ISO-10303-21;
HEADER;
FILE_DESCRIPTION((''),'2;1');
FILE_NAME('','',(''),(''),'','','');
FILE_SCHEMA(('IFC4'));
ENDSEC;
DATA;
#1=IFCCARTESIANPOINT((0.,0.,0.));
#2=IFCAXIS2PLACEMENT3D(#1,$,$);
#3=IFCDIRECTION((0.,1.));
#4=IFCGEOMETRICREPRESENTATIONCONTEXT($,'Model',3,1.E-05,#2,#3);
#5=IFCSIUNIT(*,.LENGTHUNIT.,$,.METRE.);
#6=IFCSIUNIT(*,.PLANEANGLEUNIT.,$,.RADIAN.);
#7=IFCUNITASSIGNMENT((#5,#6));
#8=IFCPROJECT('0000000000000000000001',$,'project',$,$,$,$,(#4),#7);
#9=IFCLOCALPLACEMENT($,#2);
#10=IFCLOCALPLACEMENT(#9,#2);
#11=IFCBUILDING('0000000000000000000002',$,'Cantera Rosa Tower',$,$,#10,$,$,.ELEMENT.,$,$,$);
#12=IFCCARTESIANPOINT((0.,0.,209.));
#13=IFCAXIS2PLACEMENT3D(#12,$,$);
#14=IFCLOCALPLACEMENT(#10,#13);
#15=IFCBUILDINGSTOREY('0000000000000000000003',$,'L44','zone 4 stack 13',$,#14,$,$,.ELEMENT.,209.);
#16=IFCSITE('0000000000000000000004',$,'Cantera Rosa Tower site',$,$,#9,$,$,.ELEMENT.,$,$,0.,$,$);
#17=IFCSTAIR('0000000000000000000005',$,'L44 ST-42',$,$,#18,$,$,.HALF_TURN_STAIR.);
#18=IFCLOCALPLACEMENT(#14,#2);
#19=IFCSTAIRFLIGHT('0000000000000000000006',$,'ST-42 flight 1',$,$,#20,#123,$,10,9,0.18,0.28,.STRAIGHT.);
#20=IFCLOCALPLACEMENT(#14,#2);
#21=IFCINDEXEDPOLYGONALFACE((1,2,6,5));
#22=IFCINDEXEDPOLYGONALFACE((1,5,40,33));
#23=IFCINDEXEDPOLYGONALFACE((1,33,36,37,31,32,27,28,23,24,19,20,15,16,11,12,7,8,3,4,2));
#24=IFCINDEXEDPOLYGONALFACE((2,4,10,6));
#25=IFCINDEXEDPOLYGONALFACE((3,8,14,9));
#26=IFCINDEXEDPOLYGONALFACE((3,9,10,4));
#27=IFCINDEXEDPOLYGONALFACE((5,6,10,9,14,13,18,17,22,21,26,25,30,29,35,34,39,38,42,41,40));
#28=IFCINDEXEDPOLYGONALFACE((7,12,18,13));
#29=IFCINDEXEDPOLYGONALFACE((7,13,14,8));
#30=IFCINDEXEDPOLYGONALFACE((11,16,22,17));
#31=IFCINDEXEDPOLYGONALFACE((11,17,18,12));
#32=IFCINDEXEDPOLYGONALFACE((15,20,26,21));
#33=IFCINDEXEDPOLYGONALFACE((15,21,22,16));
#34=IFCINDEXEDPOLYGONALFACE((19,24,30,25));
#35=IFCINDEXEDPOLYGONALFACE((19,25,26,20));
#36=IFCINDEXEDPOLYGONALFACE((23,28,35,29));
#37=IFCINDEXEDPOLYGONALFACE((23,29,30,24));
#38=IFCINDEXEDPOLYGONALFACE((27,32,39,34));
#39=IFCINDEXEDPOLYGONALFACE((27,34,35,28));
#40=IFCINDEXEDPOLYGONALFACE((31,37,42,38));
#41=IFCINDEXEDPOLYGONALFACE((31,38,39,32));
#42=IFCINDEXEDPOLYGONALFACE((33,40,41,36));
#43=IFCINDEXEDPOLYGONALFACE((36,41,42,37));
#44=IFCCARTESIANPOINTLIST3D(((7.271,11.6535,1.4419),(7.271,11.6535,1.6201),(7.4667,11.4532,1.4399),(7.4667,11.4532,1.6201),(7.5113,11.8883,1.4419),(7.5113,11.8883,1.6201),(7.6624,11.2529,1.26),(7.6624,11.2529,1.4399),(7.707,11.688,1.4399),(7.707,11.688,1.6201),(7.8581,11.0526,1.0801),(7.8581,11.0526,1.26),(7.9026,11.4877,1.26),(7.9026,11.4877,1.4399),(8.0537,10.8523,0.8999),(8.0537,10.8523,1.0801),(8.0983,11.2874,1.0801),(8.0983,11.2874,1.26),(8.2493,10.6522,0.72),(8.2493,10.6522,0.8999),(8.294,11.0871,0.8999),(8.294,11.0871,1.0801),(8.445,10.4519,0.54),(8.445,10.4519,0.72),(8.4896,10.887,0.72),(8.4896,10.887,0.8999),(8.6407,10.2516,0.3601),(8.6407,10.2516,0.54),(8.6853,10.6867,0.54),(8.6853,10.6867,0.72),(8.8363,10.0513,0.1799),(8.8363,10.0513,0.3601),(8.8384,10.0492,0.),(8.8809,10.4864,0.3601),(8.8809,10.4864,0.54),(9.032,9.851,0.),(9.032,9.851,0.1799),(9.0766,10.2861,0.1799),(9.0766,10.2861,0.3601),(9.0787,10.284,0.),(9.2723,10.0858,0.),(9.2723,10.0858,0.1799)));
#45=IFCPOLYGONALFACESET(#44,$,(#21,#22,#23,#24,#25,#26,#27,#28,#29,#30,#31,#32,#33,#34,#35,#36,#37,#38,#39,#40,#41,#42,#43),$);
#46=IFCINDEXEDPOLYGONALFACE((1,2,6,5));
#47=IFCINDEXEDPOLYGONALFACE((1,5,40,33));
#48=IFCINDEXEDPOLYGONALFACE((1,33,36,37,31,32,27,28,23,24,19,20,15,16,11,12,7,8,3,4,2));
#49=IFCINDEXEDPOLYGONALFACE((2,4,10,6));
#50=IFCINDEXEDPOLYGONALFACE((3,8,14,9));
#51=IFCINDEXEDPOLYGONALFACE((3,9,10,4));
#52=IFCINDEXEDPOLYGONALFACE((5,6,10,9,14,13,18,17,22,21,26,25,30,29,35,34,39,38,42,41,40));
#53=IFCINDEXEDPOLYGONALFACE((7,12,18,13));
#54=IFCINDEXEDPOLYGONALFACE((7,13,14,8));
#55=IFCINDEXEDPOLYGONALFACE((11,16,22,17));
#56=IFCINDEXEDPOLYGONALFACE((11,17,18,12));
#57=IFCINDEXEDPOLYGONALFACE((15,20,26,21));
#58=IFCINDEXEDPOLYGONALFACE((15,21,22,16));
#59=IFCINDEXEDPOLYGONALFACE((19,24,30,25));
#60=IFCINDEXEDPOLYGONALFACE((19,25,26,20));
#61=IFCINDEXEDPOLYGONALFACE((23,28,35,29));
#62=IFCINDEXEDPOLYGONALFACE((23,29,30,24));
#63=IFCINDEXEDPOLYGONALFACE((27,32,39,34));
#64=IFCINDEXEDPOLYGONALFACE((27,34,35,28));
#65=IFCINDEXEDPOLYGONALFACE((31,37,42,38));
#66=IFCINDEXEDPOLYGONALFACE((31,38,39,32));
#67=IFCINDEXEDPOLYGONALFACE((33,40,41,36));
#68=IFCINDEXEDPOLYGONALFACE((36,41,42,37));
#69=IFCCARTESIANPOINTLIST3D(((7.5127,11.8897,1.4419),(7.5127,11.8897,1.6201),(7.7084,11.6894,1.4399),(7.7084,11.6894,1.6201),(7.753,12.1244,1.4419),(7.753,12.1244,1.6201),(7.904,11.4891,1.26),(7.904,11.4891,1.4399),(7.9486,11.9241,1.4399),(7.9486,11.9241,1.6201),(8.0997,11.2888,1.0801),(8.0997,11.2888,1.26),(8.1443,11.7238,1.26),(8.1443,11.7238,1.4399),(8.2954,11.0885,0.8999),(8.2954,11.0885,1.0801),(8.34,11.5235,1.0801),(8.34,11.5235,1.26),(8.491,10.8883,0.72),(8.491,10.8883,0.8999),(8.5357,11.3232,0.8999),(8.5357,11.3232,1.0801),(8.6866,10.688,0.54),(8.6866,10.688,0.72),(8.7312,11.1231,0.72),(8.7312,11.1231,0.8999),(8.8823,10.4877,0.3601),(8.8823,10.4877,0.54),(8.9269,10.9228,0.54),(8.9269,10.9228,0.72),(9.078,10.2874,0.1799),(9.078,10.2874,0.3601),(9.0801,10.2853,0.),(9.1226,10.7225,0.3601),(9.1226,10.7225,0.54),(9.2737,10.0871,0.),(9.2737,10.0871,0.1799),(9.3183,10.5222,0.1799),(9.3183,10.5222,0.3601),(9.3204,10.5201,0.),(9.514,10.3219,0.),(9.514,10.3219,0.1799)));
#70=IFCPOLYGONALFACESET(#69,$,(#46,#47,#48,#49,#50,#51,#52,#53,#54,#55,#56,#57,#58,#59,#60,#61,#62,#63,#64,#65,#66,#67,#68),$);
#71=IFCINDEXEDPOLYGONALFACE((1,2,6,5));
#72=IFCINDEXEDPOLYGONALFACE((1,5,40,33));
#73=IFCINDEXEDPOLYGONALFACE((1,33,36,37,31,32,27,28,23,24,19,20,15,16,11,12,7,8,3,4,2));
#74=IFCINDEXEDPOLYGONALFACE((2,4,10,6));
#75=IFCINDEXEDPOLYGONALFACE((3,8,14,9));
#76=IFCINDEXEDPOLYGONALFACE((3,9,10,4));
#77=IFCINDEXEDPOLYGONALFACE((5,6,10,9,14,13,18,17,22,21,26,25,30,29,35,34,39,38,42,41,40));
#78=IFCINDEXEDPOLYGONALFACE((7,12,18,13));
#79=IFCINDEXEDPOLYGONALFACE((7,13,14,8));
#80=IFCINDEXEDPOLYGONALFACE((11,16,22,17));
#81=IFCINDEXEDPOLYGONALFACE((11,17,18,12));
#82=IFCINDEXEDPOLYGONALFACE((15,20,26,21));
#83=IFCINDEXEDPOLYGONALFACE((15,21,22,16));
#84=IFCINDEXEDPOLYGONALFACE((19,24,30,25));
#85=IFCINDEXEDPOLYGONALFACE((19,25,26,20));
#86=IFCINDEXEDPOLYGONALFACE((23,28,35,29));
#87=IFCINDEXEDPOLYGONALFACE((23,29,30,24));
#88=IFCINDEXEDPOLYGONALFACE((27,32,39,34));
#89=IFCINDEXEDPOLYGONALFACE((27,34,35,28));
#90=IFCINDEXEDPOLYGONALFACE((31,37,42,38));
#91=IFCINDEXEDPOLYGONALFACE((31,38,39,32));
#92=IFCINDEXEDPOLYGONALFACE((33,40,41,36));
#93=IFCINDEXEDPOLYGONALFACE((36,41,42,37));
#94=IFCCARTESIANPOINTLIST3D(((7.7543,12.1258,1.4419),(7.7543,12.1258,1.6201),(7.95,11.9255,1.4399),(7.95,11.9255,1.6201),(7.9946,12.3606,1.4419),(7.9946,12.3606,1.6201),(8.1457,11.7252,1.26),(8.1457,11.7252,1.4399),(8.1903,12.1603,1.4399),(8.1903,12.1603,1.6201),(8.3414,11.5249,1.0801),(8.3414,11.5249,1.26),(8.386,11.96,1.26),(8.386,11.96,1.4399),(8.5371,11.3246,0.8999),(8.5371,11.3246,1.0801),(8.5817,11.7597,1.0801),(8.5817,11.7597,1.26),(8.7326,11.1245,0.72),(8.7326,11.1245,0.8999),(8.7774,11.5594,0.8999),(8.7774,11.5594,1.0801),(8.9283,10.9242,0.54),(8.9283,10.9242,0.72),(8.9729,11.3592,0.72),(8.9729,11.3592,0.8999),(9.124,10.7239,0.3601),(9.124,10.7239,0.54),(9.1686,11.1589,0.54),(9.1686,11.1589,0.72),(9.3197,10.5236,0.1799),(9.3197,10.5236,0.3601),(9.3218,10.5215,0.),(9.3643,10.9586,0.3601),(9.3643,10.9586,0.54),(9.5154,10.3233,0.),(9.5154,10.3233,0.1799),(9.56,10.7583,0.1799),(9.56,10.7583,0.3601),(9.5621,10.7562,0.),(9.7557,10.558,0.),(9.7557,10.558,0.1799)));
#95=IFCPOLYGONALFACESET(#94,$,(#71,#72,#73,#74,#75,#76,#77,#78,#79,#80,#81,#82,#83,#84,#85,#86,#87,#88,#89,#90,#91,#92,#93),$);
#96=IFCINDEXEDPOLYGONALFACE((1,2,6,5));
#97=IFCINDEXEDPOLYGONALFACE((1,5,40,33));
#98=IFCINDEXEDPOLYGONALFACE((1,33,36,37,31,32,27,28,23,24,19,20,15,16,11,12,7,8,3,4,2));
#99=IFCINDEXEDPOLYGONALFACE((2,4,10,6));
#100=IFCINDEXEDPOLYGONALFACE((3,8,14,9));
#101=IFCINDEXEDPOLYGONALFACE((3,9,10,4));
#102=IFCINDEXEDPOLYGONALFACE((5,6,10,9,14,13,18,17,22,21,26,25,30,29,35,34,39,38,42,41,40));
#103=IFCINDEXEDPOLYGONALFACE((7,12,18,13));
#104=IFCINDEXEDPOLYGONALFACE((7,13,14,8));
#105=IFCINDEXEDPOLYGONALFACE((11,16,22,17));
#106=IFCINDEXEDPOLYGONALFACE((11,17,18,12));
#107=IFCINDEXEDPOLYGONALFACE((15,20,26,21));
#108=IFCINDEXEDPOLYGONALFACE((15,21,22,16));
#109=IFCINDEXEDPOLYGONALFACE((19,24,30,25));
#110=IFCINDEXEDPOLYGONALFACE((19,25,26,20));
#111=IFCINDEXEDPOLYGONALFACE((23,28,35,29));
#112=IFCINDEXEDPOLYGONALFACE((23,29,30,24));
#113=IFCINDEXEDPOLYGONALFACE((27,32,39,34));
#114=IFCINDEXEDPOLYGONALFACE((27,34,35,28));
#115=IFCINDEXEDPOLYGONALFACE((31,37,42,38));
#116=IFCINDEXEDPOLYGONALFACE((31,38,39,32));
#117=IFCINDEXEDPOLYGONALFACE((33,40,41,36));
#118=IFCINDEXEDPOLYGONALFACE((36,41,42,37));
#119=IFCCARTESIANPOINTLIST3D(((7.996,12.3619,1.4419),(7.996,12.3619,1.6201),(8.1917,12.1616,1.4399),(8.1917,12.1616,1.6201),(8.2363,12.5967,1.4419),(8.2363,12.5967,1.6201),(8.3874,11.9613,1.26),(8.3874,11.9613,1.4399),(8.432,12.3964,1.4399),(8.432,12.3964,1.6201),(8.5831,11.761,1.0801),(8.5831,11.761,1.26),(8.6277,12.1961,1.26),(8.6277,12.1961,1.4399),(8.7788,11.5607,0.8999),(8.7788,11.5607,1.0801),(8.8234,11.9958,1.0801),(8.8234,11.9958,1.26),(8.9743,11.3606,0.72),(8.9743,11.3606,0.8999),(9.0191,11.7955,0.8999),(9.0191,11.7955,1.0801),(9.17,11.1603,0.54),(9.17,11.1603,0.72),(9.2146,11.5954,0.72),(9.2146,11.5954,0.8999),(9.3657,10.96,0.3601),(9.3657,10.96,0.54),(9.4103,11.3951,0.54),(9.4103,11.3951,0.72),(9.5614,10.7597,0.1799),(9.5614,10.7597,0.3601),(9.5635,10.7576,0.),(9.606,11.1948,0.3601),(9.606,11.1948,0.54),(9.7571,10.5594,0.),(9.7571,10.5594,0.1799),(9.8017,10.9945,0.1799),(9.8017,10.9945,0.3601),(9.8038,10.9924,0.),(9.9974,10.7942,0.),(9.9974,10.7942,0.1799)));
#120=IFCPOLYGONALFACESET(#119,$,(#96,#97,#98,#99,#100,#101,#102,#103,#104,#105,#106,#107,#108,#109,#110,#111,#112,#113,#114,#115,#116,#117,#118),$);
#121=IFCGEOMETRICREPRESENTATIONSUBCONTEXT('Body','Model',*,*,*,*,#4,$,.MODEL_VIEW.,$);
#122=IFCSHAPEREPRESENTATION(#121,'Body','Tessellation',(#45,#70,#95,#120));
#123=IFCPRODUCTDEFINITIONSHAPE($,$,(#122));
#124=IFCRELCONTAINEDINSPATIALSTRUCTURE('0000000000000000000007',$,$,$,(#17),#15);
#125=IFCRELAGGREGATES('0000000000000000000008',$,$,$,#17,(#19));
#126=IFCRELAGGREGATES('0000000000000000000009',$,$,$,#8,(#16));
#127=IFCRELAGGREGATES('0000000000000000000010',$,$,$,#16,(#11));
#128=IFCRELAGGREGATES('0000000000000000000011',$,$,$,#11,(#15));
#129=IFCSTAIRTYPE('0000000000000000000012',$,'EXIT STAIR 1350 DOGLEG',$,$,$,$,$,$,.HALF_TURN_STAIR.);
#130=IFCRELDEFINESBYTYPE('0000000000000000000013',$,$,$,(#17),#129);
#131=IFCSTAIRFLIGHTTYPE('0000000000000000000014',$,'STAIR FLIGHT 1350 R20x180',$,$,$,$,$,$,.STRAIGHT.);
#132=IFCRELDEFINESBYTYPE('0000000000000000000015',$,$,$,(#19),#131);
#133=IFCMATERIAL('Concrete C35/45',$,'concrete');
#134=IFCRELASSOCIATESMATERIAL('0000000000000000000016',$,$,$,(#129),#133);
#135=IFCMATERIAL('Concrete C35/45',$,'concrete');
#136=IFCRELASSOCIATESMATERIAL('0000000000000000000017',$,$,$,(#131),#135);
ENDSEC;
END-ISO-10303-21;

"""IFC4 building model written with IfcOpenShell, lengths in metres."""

from ifc_helpers import new_model, si_unit, direction, frame, origin, place, context, subcontext, project, spatial, polyline, outline, extrude, material, type_object, element, aggregate, save


model = new_model("IFC4")

# Units and contexts
model_context = context("Model", 3, precision=1e-05, world=origin(), true_north=direction((0.0, 1.0)))
body_context = subcontext(model_context, "Body", "Model", "MODEL_VIEW")
ifc_project = project(units=[si_unit("LENGTHUNIT", "METRE"), si_unit("PLANEANGLEUNIT", "RADIAN")], contexts=[model_context])

# Site, building, storey
site_placement = place(None, origin())
site = spatial("IfcSite", under=ifc_project, at=site_placement, Name="Cantera Rosa Tower site", CompositionType="ELEMENT", RefElevation=0.0)
building_placement = place(site_placement, origin())
building = spatial("IfcBuilding", under=site, at=building_placement, Name="Cantera Rosa Tower", CompositionType="ELEMENT")
storey_placement = place(building_placement, frame((0.0, 0.0, 209.0)))
storey = spatial("IfcBuildingStorey", under=building, at=storey_placement, Name="L44", Description="zone 4 stack 13", CompositionType="ELEMENT", Elevation=209.0)

# Shared definitions
ifc_material_1 = material(Name="Concrete C35/45", Category="concrete")
stair_type = type_object("IfcStairType", Name="EXIT STAIR 1350 DOGLEG", PredefinedType="HALF_TURN_STAIR", material=ifc_material_1)
ifc_material_2 = material(Name="Concrete C35/45", Category="concrete")
stair_flight_type = type_object("IfcStairFlightType", Name="STAIR FLIGHT 1350 R20x180", PredefinedType="STRAIGHT", material=ifc_material_2)

# Stair, stair flight
stair_1_placement = place(storey_placement, origin())
stair_1 = element("IfcStair", 1, at=stair_1_placement, inside=storey, type_object=stair_type, Name="L44 ST-42", PredefinedType="HALF_TURN_STAIR")
stair_flight_1_placement = place(storey_placement, frame((9.5149, 10.3228, 0.0), z_axis=(0.0, 0.0, 1.0), x_axis=(-0.698832, 0.715286, 0.0)))
stair_flight_1 = element("IfcStairFlight", 2, at=stair_flight_1_placement, type_object=stair_flight_type, Name="ST-42 flight 1", NumberOfRisers=10, NumberOfTreads=9, PredefinedType="STRAIGHT", RiserHeight=0.18, TreadLength=0.28, context=body_context, shape_type="SweptSolid", body=[
    extrude(outline(polyline([(0.0, 0.0), (0.0, 0.1799), (0.28, 0.1799), (0.28, 0.3601), (0.5601, 0.3601), (0.5601, 0.54), (0.8401, 0.54), (0.8401, 0.72), (1.1201, 0.72), (1.1201, 0.8999), (1.3999, 0.8999), (1.3999, 1.0801), (1.6799, 1.0801), (1.6799, 1.26), (1.96, 1.26), (1.96, 1.4399), (2.24, 1.4399), (2.24, 1.6201), (2.52, 1.6201), (2.52, 1.8), (2.52, 1.4419), (0.2771, 0.0), (0.0, 0.0)])), frame((0.0, 0.675, 0.0), z_axis=(0.0, -1.0, 0.0), x_axis=(1.0, 0.0, 0.0)), (0.0, 0.0, 1.0), 0.3359),
    extrude(outline(polyline([(0.0, 0.0), (0.0, 0.1799), (0.28, 0.1799), (0.28, 0.3601), (0.5601, 0.3601), (0.5601, 0.54), (0.8401, 0.54), (0.8401, 0.72), (1.1201, 0.72), (1.1201, 0.8999), (1.3999, 0.8999), (1.3999, 1.0801), (1.6799, 1.0801), (1.6799, 1.26), (1.96, 1.26), (1.96, 1.4399), (2.24, 1.4399), (2.24, 1.6201), (2.52, 1.6201), (2.52, 1.8), (2.52, 1.4419), (0.2771, 0.0), (0.0, 0.0)])), frame((0.0, 0.3372, 0.0), z_axis=(0.0, -1.0, 0.0), x_axis=(1.0, 0.0, 0.0)), (0.0, 0.0, 1.0), 0.3359),
    extrude(outline(polyline([(0.0, 0.0), (0.0, 0.1799), (0.28, 0.1799), (0.28, 0.3601), (0.5601, 0.3601), (0.5601, 0.54), (0.8401, 0.54), (0.8401, 0.72), (1.1201, 0.72), (1.1201, 0.8999), (1.3999, 0.8999), (1.3999, 1.0801), (1.6799, 1.0801), (1.6799, 1.26), (1.96, 1.26), (1.96, 1.4399), (2.24, 1.4399), (2.24, 1.6201), (2.52, 1.6201), (2.52, 1.8), (2.52, 1.4419), (0.2771, 0.0), (0.0, 0.0)])), frame((0.0, -0.0007, 0.0), z_axis=(0.0, -1.0, 0.0), x_axis=(1.0, 0.0, 0.0)), (0.0, 0.0, 1.0), 0.3359),
    extrude(outline(polyline([(0.0, 0.0), (0.0, 0.1799), (0.28, 0.1799), (0.28, 0.3601), (0.5601, 0.3601), (0.5601, 0.54), (0.8401, 0.54), (0.8401, 0.72), (1.1201, 0.72), (1.1201, 0.8999), (1.3999, 0.8999), (1.3999, 1.0801), (1.6799, 1.0801), (1.6799, 1.26), (1.96, 1.26), (1.96, 1.4399), (2.24, 1.4399), (2.24, 1.6201), (2.52, 1.6201), (2.52, 1.8), (2.52, 1.4419), (0.2771, 0.0), (0.0, 0.0)])), frame((0.0, -0.3386, 0.0), z_axis=(0.0, -1.0, 0.0), x_axis=(1.0, 0.0, 0.0)), (0.0, 0.0, 1.0), 0.3359),
])
aggregate(stair_1, [stair_flight_1])

save(model, "model.ifc")
